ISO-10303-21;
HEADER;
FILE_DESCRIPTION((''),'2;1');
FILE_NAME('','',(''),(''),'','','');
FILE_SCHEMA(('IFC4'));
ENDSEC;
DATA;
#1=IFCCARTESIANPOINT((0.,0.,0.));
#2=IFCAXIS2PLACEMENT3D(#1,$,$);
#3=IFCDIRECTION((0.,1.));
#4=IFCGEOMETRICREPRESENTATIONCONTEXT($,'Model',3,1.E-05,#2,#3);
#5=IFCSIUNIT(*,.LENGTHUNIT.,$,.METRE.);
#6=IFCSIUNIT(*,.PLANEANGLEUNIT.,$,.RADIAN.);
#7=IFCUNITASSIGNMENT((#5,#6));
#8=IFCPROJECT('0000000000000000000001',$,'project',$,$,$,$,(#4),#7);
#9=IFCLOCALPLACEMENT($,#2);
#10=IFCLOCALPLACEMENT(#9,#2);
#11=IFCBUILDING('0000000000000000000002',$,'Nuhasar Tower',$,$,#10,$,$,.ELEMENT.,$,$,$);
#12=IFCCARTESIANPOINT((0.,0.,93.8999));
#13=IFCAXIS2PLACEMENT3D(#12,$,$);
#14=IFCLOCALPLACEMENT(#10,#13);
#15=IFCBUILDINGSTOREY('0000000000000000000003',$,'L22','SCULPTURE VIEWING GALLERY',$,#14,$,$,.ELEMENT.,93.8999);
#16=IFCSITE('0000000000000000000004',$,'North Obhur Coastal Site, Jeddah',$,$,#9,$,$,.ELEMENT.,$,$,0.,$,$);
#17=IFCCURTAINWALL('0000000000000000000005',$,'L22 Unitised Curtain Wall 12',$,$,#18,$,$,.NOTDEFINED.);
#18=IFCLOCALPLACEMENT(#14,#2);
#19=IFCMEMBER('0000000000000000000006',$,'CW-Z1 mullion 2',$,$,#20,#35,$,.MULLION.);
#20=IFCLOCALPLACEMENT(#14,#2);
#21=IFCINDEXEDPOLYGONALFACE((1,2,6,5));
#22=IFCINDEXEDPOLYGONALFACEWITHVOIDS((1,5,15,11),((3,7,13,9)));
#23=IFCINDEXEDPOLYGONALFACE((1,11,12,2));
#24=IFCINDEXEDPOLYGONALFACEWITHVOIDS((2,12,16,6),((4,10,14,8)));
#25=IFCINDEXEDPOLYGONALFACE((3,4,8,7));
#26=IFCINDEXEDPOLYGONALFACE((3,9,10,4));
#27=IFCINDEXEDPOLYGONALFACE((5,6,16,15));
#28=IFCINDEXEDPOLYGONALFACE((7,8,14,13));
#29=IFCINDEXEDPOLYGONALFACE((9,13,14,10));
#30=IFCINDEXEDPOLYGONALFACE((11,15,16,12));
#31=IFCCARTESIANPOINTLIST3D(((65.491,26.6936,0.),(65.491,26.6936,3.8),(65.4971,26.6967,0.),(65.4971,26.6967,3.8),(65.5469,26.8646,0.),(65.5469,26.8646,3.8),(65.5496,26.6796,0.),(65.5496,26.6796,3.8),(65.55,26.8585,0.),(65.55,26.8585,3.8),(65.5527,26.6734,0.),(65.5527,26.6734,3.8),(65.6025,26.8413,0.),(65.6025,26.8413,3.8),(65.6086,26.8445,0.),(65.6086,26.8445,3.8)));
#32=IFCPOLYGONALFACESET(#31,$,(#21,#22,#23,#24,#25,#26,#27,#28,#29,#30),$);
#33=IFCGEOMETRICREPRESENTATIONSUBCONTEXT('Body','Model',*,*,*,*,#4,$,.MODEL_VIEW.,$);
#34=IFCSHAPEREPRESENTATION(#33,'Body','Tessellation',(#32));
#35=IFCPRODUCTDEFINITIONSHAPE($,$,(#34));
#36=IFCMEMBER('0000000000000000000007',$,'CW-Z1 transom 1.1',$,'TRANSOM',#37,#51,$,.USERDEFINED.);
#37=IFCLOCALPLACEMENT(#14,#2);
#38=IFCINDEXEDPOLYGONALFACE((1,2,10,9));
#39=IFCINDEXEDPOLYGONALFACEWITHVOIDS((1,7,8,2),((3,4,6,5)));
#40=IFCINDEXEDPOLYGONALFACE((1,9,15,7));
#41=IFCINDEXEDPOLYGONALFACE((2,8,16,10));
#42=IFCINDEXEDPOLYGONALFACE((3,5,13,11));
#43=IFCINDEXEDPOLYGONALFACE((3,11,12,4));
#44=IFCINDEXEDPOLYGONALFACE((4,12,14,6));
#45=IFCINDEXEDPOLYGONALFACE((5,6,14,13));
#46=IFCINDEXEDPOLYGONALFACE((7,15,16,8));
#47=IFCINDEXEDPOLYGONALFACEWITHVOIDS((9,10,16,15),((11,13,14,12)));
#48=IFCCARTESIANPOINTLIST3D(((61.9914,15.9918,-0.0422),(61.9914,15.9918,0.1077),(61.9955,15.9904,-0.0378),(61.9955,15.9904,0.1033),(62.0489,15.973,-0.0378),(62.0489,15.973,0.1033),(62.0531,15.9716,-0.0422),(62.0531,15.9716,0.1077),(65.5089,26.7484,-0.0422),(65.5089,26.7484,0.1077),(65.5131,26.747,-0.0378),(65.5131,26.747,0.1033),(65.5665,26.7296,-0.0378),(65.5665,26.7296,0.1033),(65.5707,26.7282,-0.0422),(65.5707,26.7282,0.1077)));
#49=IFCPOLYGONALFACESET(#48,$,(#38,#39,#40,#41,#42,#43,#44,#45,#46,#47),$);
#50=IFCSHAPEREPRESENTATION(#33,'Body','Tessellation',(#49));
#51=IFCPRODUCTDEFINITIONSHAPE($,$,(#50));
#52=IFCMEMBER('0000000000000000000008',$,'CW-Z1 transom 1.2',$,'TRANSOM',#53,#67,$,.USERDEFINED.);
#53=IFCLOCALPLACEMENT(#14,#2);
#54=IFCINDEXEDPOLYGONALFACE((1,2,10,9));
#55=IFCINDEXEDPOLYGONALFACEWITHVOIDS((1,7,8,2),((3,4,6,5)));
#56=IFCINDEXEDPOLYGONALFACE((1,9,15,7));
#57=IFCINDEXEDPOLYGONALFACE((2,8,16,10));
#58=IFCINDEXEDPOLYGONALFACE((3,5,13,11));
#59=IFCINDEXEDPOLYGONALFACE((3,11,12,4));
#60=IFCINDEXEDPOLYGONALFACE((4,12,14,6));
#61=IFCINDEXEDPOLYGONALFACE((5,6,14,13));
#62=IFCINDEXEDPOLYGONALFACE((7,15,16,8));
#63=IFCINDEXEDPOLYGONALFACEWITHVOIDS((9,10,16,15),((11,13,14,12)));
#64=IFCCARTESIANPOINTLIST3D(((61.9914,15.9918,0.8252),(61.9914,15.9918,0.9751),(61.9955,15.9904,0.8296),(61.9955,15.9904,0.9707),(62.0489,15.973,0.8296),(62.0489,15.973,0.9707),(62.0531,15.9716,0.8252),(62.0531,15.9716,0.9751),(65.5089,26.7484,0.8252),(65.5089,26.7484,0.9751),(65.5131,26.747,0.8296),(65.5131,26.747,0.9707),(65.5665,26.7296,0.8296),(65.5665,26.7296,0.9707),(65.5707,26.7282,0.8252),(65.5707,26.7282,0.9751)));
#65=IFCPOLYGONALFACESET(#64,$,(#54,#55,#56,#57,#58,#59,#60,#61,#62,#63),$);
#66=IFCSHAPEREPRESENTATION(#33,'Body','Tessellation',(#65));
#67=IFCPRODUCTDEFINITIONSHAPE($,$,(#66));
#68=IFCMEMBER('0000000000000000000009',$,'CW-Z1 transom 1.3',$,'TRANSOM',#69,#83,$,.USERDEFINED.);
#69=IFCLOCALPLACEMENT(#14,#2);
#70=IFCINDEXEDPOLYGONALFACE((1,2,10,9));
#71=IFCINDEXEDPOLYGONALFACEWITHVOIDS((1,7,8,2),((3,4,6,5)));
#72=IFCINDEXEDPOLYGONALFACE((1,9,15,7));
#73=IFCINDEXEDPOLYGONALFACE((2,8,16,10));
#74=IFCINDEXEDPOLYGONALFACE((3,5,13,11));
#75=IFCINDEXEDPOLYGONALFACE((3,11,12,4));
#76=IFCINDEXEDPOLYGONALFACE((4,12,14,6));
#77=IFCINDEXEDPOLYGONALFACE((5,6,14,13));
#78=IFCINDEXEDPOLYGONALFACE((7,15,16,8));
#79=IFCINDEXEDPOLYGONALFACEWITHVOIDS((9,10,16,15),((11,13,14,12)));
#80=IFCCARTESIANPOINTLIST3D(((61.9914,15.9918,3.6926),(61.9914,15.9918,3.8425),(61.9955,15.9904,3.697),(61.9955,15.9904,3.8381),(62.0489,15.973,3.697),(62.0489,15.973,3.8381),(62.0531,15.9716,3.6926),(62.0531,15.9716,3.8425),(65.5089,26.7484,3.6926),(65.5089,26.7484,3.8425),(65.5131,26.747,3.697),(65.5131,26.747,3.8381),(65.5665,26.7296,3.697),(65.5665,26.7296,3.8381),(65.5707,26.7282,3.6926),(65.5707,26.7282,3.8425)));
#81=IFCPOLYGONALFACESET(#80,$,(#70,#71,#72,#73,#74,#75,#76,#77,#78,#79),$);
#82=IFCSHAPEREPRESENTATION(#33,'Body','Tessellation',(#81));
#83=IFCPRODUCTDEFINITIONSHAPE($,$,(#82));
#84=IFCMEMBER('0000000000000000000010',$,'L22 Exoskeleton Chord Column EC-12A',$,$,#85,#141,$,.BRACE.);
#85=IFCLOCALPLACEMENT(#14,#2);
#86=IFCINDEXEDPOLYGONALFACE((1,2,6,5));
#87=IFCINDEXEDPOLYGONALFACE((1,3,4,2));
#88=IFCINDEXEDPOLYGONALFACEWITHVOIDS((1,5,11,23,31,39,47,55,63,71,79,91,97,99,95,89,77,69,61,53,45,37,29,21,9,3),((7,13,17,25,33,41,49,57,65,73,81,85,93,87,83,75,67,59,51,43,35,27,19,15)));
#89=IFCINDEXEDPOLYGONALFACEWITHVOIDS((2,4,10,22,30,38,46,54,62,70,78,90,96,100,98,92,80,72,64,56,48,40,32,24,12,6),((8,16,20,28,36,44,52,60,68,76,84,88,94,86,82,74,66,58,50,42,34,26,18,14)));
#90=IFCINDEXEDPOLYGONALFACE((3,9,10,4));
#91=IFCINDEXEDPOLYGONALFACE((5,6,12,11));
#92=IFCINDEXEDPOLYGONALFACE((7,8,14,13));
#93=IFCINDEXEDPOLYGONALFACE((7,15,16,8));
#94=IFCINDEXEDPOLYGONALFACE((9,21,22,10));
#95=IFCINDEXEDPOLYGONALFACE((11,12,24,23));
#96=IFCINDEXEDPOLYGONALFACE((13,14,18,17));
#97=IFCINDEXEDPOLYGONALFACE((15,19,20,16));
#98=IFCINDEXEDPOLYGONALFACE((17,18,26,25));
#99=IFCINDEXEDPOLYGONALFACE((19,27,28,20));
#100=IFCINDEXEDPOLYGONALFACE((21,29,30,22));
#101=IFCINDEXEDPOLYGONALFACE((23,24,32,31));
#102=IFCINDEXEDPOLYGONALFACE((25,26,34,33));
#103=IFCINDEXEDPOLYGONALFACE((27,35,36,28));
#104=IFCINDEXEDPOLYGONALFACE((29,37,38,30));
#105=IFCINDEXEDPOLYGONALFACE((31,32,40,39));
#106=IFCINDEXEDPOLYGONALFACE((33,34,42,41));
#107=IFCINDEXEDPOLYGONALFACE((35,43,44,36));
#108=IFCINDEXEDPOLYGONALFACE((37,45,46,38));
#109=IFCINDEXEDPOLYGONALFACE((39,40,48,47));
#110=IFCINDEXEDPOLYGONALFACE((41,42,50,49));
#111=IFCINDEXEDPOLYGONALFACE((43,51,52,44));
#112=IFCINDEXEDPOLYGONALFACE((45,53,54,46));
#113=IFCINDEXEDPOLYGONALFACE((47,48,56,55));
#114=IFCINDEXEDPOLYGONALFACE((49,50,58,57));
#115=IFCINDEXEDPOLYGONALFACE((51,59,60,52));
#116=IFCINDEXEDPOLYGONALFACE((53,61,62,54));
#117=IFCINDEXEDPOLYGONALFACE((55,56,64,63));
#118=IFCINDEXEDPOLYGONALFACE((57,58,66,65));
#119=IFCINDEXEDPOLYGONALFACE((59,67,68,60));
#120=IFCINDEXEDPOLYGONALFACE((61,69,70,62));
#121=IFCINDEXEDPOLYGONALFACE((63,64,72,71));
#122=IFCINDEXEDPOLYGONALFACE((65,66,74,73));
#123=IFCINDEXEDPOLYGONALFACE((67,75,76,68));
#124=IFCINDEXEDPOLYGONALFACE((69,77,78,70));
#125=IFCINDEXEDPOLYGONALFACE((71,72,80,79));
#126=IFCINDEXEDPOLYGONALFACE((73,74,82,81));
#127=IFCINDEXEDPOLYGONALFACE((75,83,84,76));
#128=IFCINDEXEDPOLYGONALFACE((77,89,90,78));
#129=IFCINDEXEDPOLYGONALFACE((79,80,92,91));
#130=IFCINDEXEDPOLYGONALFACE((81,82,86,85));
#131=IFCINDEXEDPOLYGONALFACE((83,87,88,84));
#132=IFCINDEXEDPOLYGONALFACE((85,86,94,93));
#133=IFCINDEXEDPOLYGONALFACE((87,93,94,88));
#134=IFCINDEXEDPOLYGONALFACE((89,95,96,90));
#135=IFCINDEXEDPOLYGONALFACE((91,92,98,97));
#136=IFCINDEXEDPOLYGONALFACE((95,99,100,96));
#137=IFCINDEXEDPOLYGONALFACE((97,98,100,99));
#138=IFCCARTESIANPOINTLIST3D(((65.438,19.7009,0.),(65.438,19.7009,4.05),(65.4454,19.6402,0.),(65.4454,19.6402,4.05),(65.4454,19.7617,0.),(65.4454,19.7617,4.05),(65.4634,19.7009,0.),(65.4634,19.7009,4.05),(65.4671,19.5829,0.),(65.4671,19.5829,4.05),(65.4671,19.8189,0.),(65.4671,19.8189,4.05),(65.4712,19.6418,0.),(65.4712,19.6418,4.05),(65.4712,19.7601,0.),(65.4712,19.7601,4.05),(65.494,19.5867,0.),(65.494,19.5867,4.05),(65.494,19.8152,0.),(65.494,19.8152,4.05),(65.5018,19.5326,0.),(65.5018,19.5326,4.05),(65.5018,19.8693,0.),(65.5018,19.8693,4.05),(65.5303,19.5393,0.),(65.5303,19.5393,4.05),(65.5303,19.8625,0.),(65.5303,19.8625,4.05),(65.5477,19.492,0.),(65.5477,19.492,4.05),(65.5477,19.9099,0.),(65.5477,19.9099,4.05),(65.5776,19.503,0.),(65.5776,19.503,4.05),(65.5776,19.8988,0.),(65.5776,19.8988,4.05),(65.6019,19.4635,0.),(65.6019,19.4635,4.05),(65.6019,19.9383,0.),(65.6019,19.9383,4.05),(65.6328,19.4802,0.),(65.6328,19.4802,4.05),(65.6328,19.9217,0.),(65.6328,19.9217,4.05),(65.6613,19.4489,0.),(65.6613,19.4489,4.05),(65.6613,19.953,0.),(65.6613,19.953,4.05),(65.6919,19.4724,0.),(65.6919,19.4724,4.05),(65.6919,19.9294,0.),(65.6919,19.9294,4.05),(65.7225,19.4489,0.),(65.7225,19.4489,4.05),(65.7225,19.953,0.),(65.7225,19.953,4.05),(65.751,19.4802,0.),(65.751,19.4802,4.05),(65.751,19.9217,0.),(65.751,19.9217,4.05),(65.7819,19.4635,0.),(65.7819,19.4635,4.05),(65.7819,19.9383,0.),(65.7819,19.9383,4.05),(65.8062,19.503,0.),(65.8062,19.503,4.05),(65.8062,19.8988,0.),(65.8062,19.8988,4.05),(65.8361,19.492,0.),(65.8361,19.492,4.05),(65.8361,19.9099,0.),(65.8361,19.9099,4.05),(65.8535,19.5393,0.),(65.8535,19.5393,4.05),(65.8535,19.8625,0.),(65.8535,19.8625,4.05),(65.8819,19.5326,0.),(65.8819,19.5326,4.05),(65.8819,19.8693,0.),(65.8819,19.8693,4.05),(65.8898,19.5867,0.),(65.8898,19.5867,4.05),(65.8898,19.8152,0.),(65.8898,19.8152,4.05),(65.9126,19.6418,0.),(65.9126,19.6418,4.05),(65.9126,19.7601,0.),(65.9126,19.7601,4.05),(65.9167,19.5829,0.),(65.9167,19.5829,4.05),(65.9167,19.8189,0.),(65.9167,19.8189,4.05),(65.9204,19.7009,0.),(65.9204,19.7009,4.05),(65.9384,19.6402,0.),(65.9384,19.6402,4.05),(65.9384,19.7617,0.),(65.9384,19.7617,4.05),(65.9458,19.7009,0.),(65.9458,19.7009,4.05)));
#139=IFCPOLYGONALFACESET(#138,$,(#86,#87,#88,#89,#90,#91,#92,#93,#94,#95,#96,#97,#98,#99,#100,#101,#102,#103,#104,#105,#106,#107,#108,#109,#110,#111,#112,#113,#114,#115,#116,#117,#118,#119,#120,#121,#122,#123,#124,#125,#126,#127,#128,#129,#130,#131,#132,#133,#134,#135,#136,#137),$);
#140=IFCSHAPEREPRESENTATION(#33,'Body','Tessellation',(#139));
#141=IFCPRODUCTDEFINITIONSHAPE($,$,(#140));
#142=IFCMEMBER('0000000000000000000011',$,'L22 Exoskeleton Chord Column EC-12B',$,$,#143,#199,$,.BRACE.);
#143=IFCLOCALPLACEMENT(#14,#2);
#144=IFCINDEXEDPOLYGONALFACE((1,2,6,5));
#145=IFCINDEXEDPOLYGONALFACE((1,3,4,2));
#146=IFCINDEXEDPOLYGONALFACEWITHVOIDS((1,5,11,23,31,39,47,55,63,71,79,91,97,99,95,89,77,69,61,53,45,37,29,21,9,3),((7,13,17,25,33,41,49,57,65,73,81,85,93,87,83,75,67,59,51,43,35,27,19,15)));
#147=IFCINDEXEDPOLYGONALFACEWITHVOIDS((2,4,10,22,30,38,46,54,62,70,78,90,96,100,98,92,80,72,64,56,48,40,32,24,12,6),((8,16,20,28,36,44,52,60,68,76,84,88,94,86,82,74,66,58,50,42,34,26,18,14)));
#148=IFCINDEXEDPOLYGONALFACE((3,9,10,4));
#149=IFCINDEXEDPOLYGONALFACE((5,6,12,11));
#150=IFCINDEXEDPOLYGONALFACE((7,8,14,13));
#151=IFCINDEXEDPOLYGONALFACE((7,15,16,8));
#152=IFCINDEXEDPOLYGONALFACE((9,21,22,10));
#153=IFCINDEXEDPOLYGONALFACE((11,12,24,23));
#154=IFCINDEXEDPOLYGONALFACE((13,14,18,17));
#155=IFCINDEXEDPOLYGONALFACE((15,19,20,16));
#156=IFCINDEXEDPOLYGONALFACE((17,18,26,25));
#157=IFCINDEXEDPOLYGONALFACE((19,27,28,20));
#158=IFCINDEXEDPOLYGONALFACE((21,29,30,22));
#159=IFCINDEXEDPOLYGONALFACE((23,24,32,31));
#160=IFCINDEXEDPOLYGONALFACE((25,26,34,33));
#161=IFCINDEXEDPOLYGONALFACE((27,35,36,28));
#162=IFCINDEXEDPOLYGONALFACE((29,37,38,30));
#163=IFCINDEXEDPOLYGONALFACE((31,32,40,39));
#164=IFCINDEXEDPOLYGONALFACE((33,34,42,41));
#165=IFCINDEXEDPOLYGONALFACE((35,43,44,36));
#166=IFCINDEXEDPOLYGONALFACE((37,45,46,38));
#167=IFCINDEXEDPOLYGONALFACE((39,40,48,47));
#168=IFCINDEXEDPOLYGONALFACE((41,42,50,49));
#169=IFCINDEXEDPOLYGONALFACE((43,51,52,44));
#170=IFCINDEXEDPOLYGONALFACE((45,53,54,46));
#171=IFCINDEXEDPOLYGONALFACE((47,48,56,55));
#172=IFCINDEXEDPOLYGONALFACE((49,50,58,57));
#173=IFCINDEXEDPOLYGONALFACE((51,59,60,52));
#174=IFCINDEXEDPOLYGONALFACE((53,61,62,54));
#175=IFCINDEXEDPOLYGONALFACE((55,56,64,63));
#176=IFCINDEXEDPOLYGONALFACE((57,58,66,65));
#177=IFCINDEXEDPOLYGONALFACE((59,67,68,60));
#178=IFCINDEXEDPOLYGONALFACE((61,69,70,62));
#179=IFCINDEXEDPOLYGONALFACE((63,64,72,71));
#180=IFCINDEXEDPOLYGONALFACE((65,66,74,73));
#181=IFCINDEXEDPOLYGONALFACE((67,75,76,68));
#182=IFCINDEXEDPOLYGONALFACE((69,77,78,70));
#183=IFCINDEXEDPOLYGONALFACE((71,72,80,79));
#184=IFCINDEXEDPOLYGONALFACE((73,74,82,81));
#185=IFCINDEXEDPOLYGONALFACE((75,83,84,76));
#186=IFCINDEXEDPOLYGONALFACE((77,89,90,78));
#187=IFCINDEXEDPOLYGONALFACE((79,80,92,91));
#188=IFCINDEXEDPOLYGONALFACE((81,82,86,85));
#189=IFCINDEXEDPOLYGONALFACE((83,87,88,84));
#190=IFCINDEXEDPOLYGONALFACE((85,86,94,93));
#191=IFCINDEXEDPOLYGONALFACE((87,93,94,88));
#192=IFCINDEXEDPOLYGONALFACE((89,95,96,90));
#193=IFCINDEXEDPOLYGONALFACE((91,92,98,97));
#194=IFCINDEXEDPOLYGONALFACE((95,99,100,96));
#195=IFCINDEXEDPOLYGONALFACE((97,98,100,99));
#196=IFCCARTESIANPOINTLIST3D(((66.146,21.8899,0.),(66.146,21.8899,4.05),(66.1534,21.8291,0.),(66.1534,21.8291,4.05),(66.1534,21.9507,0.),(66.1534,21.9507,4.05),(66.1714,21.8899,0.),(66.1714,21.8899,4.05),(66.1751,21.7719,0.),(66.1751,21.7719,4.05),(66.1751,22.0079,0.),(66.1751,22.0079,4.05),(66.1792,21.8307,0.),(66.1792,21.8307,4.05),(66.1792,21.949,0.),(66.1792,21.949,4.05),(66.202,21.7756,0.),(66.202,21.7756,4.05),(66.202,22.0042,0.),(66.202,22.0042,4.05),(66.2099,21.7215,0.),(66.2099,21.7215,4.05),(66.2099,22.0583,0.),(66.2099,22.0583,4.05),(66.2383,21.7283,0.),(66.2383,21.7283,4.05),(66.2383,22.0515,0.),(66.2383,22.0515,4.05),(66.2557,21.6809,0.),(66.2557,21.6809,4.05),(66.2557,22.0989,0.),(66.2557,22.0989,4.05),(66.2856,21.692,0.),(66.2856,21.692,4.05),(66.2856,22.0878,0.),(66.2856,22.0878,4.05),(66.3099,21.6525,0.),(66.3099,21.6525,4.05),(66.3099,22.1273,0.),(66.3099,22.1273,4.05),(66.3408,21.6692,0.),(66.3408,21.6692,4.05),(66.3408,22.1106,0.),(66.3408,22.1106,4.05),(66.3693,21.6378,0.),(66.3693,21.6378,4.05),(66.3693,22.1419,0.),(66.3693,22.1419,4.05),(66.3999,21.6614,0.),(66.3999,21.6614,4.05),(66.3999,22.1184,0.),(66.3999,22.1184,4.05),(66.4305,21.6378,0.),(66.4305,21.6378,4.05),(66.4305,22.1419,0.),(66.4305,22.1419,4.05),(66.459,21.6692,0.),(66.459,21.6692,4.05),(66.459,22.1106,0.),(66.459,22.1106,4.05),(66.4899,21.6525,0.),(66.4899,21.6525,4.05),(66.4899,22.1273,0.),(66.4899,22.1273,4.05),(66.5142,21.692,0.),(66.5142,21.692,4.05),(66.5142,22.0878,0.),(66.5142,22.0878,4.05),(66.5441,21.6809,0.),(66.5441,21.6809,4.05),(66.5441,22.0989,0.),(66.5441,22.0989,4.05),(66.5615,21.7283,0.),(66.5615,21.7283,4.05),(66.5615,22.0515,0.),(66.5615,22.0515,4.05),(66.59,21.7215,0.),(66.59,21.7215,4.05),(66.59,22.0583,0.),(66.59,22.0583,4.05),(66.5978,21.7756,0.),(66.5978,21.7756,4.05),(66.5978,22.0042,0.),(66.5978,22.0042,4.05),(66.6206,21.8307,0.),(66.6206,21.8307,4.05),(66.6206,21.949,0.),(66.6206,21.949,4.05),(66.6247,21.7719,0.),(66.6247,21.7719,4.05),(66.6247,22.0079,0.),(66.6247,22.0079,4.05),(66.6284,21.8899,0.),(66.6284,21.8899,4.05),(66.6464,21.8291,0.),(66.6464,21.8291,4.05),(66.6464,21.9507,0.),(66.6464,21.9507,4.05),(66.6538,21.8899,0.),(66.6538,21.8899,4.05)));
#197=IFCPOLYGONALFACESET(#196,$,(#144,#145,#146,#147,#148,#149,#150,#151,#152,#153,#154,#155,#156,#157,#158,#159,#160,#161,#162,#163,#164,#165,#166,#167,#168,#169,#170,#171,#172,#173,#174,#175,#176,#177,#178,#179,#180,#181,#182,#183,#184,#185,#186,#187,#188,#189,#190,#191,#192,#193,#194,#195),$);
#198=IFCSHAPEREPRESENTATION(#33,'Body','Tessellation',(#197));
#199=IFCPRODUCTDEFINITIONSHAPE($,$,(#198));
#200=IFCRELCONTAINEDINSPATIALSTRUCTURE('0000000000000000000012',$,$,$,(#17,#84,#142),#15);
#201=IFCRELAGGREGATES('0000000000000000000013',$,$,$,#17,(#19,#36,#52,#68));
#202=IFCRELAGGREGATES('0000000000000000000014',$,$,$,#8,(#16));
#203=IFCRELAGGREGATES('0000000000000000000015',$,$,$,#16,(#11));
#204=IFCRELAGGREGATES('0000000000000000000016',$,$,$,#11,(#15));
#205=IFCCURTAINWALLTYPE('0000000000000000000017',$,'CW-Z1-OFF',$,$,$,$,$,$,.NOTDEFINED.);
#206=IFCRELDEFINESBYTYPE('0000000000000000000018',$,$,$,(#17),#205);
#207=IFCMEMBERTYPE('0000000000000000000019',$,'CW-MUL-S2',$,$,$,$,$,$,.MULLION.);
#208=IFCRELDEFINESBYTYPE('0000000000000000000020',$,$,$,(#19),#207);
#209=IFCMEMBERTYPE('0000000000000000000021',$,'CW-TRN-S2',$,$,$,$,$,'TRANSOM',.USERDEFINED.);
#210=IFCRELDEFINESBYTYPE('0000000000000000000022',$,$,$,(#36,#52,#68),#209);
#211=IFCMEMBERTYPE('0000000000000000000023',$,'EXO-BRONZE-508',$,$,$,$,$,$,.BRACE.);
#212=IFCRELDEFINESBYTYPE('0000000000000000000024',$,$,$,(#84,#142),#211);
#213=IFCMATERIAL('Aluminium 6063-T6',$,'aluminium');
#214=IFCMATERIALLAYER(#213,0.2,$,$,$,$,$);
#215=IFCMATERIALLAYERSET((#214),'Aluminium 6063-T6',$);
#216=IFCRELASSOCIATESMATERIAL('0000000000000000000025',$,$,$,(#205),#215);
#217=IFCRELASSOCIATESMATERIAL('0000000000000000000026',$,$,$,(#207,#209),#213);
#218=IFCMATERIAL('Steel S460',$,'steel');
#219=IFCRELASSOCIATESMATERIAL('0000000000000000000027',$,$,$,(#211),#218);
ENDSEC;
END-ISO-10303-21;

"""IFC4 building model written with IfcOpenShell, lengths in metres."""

from ifc_helpers import new_model, si_unit, direction, frame, origin, origin_2d, place, context, subcontext, project, spatial, hollow_rectangle, hollow_circle, extrude, material, layer, layer_set, material_profile, profile_set, type_object, element, aggregate, save


model = new_model("IFC4")

# Units and contexts
model_context = context("Model", 3, precision=1e-05, world=origin(), true_north=direction((0.0, 1.0)))
body_context = subcontext(model_context, "Body", "Model", "MODEL_VIEW")
ifc_project = project(units=[si_unit("LENGTHUNIT", "METRE"), si_unit("PLANEANGLEUNIT", "RADIAN")], contexts=[model_context])

# Site, building, storey
site_placement = place(None, origin())
site = spatial("IfcSite", under=ifc_project, at=site_placement, Name="North Obhur Coastal Site, Jeddah", CompositionType="ELEMENT", RefElevation=0.0)
building_placement = place(site_placement, origin())
building = spatial("IfcBuilding", under=site, at=building_placement, Name="Nuhasar Tower", CompositionType="ELEMENT")
storey_placement = place(building_placement, frame((0.0, 0.0, 93.8999)))
storey = spatial("IfcBuildingStorey", under=building, at=storey_placement, Name="L22", Description="SCULPTURE VIEWING GALLERY", CompositionType="ELEMENT", Elevation=93.8999)

# Curtain wall, members
ifc_material_1 = material(Name="Aluminium 6063-T6", Category="aluminium")
ifc_layer_1 = layer(ifc_material_1, 0.2)
ifc_layer_set_1 = layer_set([ifc_layer_1], Name="Aluminium 6063-T6")
curtain_wall_type = type_object("IfcCurtainWallType", Name="CW-Z1-OFF", PredefinedType="NOTDEFINED", material=ifc_layer_set_1)
curtain_wall_placement = place(storey_placement, origin())
curtain_wall = element("IfcCurtainWall", 1, at=curtain_wall_placement, inside=storey, type_object=curtain_wall_type, Name="L22 Unitised Curtain Wall 12", PredefinedType="NOTDEFINED")
ifc_material_profile_1 = material_profile(ifc_material_1, hollow_rectangle(XDim=0.0649, YDim=0.1799, WallThickness=0.0049, at=origin_2d()), Name="CWM-2")
ifc_profile_set_1 = profile_set([ifc_material_profile_1], Name="Aluminium 6063-T6")
member_type_1 = type_object("IfcMemberType", Name="CW-MUL-S2", PredefinedType="MULLION", material=ifc_profile_set_1)
member_1_placement = place(storey_placement, frame((65.5498, 26.769, 0.0), z_axis=(0.0, 0.0, 1.0), x_axis=(-0.950468, 0.310824, 0.0)))
member_1 = element("IfcMember", 2, at=member_1_placement, type_object=member_type_1, Name="CW-Z1 mullion 2", PredefinedType="MULLION", context=body_context, shape_type="SweptSolid", body=[
    extrude(hollow_rectangle(XDim=0.0649, YDim=0.1799, WallThickness=0.0049, at=origin_2d()), origin(), (0.0, 0.0, 1.0), 3.8),
])
ifc_material_profile_2 = material_profile(ifc_material_1, hollow_rectangle(XDim=0.0649, YDim=0.1499, WallThickness=0.0044, at=origin_2d()), Name="CWT-2")
ifc_profile_set_2 = profile_set([ifc_material_profile_2], Name="Aluminium 6063-T6")
member_type_2 = type_object("IfcMemberType", Name="CW-TRN-S2", ElementType="TRANSOM", PredefinedType="USERDEFINED", material=ifc_profile_set_2)
member_2_placement = place(storey_placement, frame((62.0222, 15.9817, 0.0327), z_axis=(0.310819, 0.950469, 0.0), x_axis=(-0.950469, 0.310819, 0.0)))
member_2 = element("IfcMember", 3, at=member_2_placement, type_object=member_type_2, Name="CW-Z1 transom 1.1", ObjectType="TRANSOM", PredefinedType="USERDEFINED", context=body_context, shape_type="SweptSolid", body=[
    extrude(hollow_rectangle(XDim=0.0649, YDim=0.1499, WallThickness=0.0044, at=origin_2d()), origin(), (0.0, 0.0, 1.0), 11.3171),
])
member_3_placement = place(storey_placement, frame((62.0222, 15.9817, 0.9001), z_axis=(0.310819, 0.950469, 0.0), x_axis=(-0.950469, 0.310819, 0.0)))
member_3 = element("IfcMember", 4, at=member_3_placement, type_object=member_type_2, Name="CW-Z1 transom 1.2", ObjectType="TRANSOM", PredefinedType="USERDEFINED", context=body_context, shape_type="SweptSolid", body=[
    extrude(hollow_rectangle(XDim=0.0649, YDim=0.1499, WallThickness=0.0044, at=origin_2d()), origin(), (0.0, 0.0, 1.0), 11.3171),
])
member_4_placement = place(storey_placement, frame((62.0222, 15.9817, 3.7676), z_axis=(0.310819, 0.950469, 0.0), x_axis=(-0.950469, 0.310819, 0.0)))
member_4 = element("IfcMember", 5, at=member_4_placement, type_object=member_type_2, Name="CW-Z1 transom 1.3", ObjectType="TRANSOM", PredefinedType="USERDEFINED", context=body_context, shape_type="SweptSolid", body=[
    extrude(hollow_rectangle(XDim=0.0649, YDim=0.1499, WallThickness=0.0044, at=origin_2d()), origin(), (0.0, 0.0, 1.0), 11.3171),
])

# Members
ifc_material_2 = material(Name="Steel S460", Category="steel")
ifc_material_profile_3 = material_profile(ifc_material_2, hollow_circle(Radius=0.2539, WallThickness=0.0254, at=origin_2d()), Name="HSS508X25.4")
ifc_profile_set_3 = profile_set([ifc_material_profile_3], Name="Steel S460")
member_type_3 = type_object("IfcMemberType", Name="EXO-BRONZE-508", PredefinedType="BRACE", material=ifc_profile_set_3)
for number, where, z_axis, x_axis, name in (
    (6, (65.6919, 19.7009, 0.0), (0.0, 0.0, 1.0), (1.0, 0.0, 0.0), "L22 Exoskeleton Chord Column EC-12A"),
    (7, (66.3999, 21.8899, 0.0), (0.0, 0.0, 1.0), (1.0, 0.0, 0.0), "L22 Exoskeleton Chord Column EC-12B"),
):
    element("IfcMember", number, at=place(storey_placement, frame(where, z_axis=z_axis, x_axis=x_axis)), inside=storey, type_object=member_type_3, Name=name, PredefinedType="BRACE", context=body_context, shape_type="SweptSolid", body=[
        extrude(hollow_circle(Radius=0.2539, WallThickness=0.0254, at=origin_2d()), origin(), (0.0, 0.0, 1.0), 4.05),
    ])

aggregate(curtain_wall, [member_1, member_2, member_3, member_4])

save(model, "model.ifc")
